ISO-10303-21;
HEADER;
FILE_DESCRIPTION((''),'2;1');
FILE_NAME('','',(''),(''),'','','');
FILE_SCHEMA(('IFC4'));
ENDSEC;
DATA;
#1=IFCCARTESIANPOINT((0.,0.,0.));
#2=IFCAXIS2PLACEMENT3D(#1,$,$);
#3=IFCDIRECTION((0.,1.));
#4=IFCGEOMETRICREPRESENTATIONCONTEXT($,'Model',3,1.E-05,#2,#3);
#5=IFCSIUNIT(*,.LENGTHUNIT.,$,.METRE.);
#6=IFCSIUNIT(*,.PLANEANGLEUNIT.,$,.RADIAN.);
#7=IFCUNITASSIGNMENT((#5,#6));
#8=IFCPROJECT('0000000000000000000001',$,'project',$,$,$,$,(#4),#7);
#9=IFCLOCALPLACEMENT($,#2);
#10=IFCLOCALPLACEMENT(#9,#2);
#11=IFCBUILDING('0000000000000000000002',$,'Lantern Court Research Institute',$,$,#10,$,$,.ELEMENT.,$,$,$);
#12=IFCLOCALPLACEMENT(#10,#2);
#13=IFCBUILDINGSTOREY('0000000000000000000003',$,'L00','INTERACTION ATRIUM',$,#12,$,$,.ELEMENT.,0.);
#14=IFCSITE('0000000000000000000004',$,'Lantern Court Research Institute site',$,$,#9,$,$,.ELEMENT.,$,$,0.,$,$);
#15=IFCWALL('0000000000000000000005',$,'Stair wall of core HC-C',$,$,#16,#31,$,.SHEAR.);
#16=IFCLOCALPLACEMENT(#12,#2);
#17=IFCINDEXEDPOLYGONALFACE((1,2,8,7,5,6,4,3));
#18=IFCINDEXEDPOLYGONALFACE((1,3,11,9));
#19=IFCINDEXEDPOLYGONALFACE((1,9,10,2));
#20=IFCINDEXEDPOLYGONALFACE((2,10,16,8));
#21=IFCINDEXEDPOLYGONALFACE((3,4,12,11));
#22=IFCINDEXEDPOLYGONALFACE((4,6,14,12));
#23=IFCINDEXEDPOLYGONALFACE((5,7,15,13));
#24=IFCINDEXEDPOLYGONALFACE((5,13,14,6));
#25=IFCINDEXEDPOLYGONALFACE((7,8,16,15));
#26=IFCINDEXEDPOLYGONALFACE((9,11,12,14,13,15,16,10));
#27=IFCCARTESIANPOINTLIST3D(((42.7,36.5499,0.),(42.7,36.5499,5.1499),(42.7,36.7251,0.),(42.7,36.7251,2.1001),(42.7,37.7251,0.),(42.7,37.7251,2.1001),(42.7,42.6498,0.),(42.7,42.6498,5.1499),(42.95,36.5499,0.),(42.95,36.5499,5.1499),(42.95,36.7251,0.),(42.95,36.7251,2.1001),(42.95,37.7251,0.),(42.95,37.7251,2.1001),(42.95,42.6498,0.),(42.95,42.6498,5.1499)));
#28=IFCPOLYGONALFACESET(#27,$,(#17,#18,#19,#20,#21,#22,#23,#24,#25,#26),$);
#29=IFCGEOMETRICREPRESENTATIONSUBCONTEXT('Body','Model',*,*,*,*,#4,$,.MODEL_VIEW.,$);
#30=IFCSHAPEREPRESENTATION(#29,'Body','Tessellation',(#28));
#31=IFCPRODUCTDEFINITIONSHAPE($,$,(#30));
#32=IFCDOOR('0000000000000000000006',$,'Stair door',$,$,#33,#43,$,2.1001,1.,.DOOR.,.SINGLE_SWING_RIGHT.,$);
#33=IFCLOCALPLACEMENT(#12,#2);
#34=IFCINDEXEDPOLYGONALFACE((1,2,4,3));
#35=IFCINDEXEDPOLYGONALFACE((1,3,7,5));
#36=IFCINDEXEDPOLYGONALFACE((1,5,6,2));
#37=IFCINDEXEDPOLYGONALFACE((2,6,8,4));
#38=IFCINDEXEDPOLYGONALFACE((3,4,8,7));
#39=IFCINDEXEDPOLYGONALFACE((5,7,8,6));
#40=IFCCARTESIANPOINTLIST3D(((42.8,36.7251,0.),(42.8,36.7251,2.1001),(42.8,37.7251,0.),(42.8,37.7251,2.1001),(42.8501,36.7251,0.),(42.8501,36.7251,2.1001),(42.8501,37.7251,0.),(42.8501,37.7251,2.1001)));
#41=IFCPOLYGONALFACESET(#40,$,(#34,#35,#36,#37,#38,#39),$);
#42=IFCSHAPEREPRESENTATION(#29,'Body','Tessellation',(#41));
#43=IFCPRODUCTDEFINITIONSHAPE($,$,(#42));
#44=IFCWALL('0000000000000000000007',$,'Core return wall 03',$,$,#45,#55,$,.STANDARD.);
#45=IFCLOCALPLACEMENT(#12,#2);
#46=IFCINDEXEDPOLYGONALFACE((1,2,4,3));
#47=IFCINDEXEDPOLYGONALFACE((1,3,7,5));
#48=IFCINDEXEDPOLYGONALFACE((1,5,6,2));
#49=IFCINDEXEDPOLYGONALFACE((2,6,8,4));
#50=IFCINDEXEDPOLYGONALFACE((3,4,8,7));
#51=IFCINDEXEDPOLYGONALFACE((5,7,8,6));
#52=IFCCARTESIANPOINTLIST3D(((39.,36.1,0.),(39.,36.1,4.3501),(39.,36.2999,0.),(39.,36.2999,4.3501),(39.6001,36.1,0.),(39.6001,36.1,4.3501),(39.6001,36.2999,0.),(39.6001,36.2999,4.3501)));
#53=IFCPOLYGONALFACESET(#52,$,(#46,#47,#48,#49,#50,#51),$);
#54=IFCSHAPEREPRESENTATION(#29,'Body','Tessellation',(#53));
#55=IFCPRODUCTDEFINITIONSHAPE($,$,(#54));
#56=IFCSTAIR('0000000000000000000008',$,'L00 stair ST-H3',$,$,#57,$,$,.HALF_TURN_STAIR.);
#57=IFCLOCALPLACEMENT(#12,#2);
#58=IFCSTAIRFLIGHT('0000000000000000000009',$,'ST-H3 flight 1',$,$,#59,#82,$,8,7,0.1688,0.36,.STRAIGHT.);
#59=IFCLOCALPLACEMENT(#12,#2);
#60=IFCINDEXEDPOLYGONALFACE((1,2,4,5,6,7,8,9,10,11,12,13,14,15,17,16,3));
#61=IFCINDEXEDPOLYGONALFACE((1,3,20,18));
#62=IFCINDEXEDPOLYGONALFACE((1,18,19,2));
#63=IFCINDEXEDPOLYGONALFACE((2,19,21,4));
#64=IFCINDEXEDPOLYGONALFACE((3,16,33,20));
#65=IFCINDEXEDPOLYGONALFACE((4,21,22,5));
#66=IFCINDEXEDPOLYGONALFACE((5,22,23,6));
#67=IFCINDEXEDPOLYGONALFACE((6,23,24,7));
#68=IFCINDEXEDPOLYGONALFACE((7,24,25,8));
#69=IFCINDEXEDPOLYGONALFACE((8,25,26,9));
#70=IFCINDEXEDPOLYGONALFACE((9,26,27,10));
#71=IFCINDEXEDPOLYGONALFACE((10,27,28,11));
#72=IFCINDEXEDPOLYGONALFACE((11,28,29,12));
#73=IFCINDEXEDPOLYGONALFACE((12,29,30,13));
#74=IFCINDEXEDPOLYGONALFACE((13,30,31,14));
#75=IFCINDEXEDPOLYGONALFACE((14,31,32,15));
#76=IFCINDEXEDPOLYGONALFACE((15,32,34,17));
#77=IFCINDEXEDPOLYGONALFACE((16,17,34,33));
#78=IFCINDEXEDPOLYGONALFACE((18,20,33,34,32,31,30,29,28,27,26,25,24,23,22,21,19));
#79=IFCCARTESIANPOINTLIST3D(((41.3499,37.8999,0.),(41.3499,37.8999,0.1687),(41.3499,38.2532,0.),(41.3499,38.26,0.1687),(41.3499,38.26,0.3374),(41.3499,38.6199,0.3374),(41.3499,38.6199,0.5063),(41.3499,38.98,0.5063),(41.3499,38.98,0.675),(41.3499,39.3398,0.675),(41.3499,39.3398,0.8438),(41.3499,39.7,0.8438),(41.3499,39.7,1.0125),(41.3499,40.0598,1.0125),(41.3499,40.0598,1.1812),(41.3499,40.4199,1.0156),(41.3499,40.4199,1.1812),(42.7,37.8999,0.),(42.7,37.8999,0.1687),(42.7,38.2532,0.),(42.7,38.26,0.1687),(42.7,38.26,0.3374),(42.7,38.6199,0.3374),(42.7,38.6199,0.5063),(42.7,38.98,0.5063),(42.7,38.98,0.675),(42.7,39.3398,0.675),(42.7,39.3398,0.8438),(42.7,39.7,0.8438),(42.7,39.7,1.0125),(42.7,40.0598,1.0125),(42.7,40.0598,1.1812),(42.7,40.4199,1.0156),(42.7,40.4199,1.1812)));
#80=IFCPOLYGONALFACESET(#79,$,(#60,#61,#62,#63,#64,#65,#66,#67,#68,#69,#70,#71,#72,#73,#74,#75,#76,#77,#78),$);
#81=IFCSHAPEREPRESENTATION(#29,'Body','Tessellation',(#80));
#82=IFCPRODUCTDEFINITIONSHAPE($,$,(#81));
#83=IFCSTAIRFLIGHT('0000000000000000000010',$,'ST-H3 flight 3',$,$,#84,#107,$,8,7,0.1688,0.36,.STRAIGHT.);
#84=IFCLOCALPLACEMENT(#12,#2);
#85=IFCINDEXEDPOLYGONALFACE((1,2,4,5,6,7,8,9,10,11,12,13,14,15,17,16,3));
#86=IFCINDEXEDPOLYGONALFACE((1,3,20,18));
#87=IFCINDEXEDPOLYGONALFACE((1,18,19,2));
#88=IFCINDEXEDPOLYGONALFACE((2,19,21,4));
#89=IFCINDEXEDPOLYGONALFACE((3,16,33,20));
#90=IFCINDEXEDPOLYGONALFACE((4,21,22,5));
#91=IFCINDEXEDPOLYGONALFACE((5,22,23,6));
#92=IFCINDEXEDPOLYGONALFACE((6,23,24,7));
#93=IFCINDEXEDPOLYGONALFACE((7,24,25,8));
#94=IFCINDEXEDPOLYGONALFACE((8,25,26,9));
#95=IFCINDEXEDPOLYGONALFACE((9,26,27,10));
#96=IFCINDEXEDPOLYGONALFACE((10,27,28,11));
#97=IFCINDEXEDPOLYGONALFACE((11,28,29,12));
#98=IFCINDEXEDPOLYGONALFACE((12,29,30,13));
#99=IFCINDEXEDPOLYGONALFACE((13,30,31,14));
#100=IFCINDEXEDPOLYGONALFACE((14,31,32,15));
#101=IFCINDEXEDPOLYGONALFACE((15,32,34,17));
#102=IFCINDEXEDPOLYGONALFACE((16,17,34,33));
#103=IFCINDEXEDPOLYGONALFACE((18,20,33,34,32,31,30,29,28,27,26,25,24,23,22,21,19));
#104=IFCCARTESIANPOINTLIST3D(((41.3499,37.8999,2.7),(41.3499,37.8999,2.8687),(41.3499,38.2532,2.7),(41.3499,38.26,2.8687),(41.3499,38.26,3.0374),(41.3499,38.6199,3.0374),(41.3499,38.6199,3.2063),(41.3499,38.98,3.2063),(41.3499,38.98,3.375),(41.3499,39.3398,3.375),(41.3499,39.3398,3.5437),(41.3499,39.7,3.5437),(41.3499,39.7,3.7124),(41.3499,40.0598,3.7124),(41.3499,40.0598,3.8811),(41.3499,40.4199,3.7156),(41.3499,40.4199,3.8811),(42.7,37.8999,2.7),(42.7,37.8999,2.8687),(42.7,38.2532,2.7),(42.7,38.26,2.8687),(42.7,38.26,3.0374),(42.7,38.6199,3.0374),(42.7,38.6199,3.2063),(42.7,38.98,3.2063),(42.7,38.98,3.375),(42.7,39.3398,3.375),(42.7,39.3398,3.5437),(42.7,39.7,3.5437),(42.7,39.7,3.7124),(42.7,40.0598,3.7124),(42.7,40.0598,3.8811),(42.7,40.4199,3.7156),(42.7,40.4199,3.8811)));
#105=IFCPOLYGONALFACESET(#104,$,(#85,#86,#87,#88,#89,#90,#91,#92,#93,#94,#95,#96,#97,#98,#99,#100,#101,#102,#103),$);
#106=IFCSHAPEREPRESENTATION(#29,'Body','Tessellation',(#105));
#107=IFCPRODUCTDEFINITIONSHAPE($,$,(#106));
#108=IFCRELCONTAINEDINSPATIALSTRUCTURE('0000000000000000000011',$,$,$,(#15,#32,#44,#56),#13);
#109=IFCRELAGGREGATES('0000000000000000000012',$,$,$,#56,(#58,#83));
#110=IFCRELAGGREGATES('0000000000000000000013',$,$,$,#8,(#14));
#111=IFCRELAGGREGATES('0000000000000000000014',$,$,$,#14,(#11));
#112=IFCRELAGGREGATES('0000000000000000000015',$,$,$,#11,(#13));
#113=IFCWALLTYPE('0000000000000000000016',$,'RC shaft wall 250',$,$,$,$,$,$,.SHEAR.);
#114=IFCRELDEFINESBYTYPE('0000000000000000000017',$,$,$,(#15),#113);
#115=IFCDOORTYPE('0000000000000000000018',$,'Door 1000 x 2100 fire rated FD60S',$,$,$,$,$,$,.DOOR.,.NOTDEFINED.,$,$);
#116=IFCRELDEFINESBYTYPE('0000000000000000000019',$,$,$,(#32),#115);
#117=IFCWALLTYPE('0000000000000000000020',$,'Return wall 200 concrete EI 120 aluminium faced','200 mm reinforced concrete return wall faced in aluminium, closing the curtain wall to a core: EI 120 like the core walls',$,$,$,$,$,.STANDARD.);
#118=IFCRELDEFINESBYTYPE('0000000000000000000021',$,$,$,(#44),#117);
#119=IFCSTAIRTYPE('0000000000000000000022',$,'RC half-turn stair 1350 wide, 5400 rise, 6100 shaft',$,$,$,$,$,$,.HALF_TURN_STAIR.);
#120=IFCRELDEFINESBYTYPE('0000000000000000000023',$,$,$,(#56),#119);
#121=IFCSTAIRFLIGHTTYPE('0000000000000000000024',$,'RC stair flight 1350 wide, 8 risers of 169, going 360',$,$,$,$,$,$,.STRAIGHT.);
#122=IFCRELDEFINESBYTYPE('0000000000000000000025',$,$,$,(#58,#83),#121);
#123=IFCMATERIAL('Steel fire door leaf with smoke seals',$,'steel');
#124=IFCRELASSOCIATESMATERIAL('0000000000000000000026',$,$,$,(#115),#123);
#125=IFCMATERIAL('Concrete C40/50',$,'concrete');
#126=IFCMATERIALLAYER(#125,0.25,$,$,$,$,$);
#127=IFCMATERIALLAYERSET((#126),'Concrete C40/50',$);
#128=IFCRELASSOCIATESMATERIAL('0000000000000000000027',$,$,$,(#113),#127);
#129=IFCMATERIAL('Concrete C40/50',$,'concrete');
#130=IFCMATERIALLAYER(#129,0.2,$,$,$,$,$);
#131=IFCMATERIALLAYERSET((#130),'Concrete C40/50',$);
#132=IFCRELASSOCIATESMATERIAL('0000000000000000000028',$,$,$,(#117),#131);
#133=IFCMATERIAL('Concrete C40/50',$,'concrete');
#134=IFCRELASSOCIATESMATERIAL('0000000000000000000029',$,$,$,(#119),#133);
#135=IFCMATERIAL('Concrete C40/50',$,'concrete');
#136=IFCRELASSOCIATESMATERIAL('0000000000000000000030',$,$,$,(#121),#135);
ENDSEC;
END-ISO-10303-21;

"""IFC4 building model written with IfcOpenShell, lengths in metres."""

from ifc_helpers import new_model, si_unit, direction, frame, frame_2d, origin, place, context, subcontext, project, spatial, polyline, rectangle, outline, extrude, material, layer, layer_set, type_object, element, fill, aggregate, save


model = new_model("IFC4")

# Units and contexts
model_context = context("Model", 3, precision=1e-05, world=origin(), true_north=direction((0.0, 1.0)))
body_context = subcontext(model_context, "Body", "Model", "MODEL_VIEW")
ifc_project = project(units=[si_unit("LENGTHUNIT", "METRE"), si_unit("PLANEANGLEUNIT", "RADIAN")], contexts=[model_context])

# Site, building, storey
site_placement = place(None, origin())
site = spatial("IfcSite", under=ifc_project, at=site_placement, Name="Lantern Court Research Institute site", CompositionType="ELEMENT", RefElevation=0.0)
building_placement = place(site_placement, origin())
building = spatial("IfcBuilding", under=site, at=building_placement, Name="Lantern Court Research Institute", CompositionType="ELEMENT")
storey_placement = place(building_placement, origin())
storey = spatial("IfcBuildingStorey", under=building, at=storey_placement, Name="L00", Description="INTERACTION ATRIUM", CompositionType="ELEMENT", Elevation=0.0)

# Shared definitions
ifc_material_1 = material(Name="Steel fire door leaf with smoke seals", Category="steel")
door_type_1 = type_object("IfcDoorType", Name="Door 1000 x 2100 fire rated FD60S", OperationType="NOTDEFINED", PredefinedType="DOOR", material=ifc_material_1)

# Wall, opening, door
ifc_material_2 = material(Name="Concrete C40/50", Category="concrete")
ifc_layer_1 = layer(ifc_material_2, 0.25)
ifc_layer_set_1 = layer_set([ifc_layer_1], Name="Concrete C40/50")
wall_type_1 = type_object("IfcWallType", Name="RC shaft wall 250", PredefinedType="SHEAR", material=ifc_layer_set_1)
wall_1_placement = place(storey_placement, frame((42.825, 36.55, 0.0), z_axis=(0.0, 0.0, 1.0), x_axis=(0.0, 1.0, 0.0)))
wall_1 = element("IfcWall", 1, at=wall_1_placement, inside=storey, type_object=wall_type_1, Name="Stair wall of core HC-C", PredefinedType="SHEAR", context=body_context, shape_type="SweptSolid", body=[
    extrude(rectangle(XDim=6.0999, YDim=0.25, at=frame_2d((3.0498, 0.0))), origin(), (0.0, 0.0, 1.0), 5.1499),
])
opening_1_placement = place(wall_1_placement, frame((0.175, 0.0, 0.0)))
opening_1 = element("IfcOpeningElement", 2, at=opening_1_placement, cuts=wall_1, PredefinedType="OPENING", context=body_context, shape_type="SweptSolid", body=[
    extrude(rectangle(XDim=1.0, YDim=2.1001, at=frame_2d((0.5, 1.05))), frame((0.0, 0.135, 0.0), z_axis=(0.0, -1.0, 0.0), x_axis=(1.0, 0.0, 0.0)), (0.0, 0.0, 1.0), 0.27),
])
door_1_placement = place(opening_1_placement, origin())
door_1 = element("IfcDoor", 3, at=door_1_placement, inside=storey, type_object=door_type_1, Name="Stair door", OperationType="SINGLE_SWING_RIGHT", OverallHeight=2.1001, OverallWidth=1.0, PredefinedType="DOOR", context=body_context, shape_type="SweptSolid", body=[
    extrude(rectangle(XDim=1.0, YDim=2.1001, at=frame_2d((0.5, 1.05))), frame((0.0, 0.0249, 0.0), z_axis=(0.0, -1.0, 0.0), x_axis=(1.0, 0.0, 0.0)), (0.0, 0.0, 1.0), 0.05),
])
fill(opening_1, door_1)

# Wall
ifc_material_3 = material(Name="Concrete C40/50", Category="concrete")
ifc_layer_2 = layer(ifc_material_3, 0.2)
ifc_layer_set_2 = layer_set([ifc_layer_2], Name="Concrete C40/50")
wall_type_2 = type_object("IfcWallType", Name="Return wall 200 concrete EI 120 aluminium faced", Description="200 mm reinforced concrete return wall faced in aluminium, closing the curtain wall to a core: EI 120 like the core walls", PredefinedType="STANDARD", material=ifc_layer_set_2)
wall_2_placement = place(storey_placement, frame((39.6001, 36.2, 0.0), z_axis=(0.0, 0.0, 1.0), x_axis=(-1.0, 0.0, 0.0)))
element("IfcWall", 4, at=wall_2_placement, inside=storey, type_object=wall_type_2, Name="Core return wall 03", PredefinedType="STANDARD", context=body_context, shape_type="SweptSolid", body=[
    extrude(rectangle(XDim=0.6001, YDim=0.2, at=frame_2d((0.3, 0.0))), origin(), (0.0, 0.0, 1.0), 4.3501),
])

# Stair, stair flights
ifc_material_4 = material(Name="Concrete C40/50", Category="concrete")
stair_type = type_object("IfcStairType", Name="RC half-turn stair 1350 wide, 5400 rise, 6100 shaft", PredefinedType="HALF_TURN_STAIR", material=ifc_material_4)
stair_placement = place(storey_placement, origin())
stair = element("IfcStair", 5, at=stair_placement, inside=storey, type_object=stair_type, Name="L00 stair ST-H3", PredefinedType="HALF_TURN_STAIR")
ifc_material_5 = material(Name="Concrete C40/50", Category="concrete")
stair_flight_type = type_object("IfcStairFlightType", Name="RC stair flight 1350 wide, 8 risers of 169, going 360", PredefinedType="STRAIGHT", material=ifc_material_5)
stair_flight_1_placement = place(storey_placement, frame((42.0249, 37.8999, 0.0), z_axis=(0.0, 0.0, 1.0), x_axis=(0.0, 1.0, 0.0)))
stair_flight_1 = element("IfcStairFlight", 6, at=stair_flight_1_placement, type_object=stair_flight_type, Name="ST-H3 flight 1", NumberOfRisers=8, NumberOfTreads=7, PredefinedType="STRAIGHT", RiserHeight=0.1688, TreadLength=0.36, context=body_context, shape_type="SweptSolid", body=[
    extrude(outline(polyline([(0.0, 0.0), (0.0, 0.1687), (0.3601, 0.1687), (0.3601, 0.3374), (0.72, 0.3374), (0.72, 0.5063), (1.0801, 0.5063), (1.0801, 0.675), (1.4399, 0.675), (1.4399, 0.8438), (1.8, 0.8438), (1.8, 1.0125), (2.1599, 1.0125), (2.1599, 1.1812), (2.52, 1.1812), (2.52, 1.3501), (2.52, 1.0156), (0.3533, 0.0), (0.0, 0.0)])), frame((0.0, 0.675, 0.0), z_axis=(0.0, -1.0, 0.0), x_axis=(1.0, 0.0, 0.0)), (0.0, 0.0, 1.0), 1.3501),
])
stair_flight_2_placement = place(storey_placement, frame((42.0249, 37.8999, 2.7), z_axis=(0.0, 0.0, 1.0), x_axis=(0.0, 1.0, 0.0)))
stair_flight_2 = element("IfcStairFlight", 7, at=stair_flight_2_placement, type_object=stair_flight_type, Name="ST-H3 flight 3", NumberOfRisers=8, NumberOfTreads=7, PredefinedType="STRAIGHT", RiserHeight=0.1688, TreadLength=0.36, context=body_context, shape_type="SweptSolid", body=[
    extrude(outline(polyline([(0.0, 0.0), (0.0, 0.1687), (0.3601, 0.1687), (0.3601, 0.3374), (0.72, 0.3374), (0.72, 0.5063), (1.0801, 0.5063), (1.0801, 0.675), (1.4399, 0.675), (1.4399, 0.8438), (1.8, 0.8438), (1.8, 1.0125), (2.1599, 1.0125), (2.1599, 1.1812), (2.52, 1.1812), (2.52, 1.3501), (2.52, 1.0156), (0.3533, 0.0), (0.0, 0.0)])), frame((0.0, 0.675, 0.0), z_axis=(0.0, -1.0, 0.0), x_axis=(1.0, 0.0, 0.0)), (0.0, 0.0, 1.0), 1.3501),
])
aggregate(stair, [stair_flight_1, stair_flight_2])

save(model, "model.ifc")
